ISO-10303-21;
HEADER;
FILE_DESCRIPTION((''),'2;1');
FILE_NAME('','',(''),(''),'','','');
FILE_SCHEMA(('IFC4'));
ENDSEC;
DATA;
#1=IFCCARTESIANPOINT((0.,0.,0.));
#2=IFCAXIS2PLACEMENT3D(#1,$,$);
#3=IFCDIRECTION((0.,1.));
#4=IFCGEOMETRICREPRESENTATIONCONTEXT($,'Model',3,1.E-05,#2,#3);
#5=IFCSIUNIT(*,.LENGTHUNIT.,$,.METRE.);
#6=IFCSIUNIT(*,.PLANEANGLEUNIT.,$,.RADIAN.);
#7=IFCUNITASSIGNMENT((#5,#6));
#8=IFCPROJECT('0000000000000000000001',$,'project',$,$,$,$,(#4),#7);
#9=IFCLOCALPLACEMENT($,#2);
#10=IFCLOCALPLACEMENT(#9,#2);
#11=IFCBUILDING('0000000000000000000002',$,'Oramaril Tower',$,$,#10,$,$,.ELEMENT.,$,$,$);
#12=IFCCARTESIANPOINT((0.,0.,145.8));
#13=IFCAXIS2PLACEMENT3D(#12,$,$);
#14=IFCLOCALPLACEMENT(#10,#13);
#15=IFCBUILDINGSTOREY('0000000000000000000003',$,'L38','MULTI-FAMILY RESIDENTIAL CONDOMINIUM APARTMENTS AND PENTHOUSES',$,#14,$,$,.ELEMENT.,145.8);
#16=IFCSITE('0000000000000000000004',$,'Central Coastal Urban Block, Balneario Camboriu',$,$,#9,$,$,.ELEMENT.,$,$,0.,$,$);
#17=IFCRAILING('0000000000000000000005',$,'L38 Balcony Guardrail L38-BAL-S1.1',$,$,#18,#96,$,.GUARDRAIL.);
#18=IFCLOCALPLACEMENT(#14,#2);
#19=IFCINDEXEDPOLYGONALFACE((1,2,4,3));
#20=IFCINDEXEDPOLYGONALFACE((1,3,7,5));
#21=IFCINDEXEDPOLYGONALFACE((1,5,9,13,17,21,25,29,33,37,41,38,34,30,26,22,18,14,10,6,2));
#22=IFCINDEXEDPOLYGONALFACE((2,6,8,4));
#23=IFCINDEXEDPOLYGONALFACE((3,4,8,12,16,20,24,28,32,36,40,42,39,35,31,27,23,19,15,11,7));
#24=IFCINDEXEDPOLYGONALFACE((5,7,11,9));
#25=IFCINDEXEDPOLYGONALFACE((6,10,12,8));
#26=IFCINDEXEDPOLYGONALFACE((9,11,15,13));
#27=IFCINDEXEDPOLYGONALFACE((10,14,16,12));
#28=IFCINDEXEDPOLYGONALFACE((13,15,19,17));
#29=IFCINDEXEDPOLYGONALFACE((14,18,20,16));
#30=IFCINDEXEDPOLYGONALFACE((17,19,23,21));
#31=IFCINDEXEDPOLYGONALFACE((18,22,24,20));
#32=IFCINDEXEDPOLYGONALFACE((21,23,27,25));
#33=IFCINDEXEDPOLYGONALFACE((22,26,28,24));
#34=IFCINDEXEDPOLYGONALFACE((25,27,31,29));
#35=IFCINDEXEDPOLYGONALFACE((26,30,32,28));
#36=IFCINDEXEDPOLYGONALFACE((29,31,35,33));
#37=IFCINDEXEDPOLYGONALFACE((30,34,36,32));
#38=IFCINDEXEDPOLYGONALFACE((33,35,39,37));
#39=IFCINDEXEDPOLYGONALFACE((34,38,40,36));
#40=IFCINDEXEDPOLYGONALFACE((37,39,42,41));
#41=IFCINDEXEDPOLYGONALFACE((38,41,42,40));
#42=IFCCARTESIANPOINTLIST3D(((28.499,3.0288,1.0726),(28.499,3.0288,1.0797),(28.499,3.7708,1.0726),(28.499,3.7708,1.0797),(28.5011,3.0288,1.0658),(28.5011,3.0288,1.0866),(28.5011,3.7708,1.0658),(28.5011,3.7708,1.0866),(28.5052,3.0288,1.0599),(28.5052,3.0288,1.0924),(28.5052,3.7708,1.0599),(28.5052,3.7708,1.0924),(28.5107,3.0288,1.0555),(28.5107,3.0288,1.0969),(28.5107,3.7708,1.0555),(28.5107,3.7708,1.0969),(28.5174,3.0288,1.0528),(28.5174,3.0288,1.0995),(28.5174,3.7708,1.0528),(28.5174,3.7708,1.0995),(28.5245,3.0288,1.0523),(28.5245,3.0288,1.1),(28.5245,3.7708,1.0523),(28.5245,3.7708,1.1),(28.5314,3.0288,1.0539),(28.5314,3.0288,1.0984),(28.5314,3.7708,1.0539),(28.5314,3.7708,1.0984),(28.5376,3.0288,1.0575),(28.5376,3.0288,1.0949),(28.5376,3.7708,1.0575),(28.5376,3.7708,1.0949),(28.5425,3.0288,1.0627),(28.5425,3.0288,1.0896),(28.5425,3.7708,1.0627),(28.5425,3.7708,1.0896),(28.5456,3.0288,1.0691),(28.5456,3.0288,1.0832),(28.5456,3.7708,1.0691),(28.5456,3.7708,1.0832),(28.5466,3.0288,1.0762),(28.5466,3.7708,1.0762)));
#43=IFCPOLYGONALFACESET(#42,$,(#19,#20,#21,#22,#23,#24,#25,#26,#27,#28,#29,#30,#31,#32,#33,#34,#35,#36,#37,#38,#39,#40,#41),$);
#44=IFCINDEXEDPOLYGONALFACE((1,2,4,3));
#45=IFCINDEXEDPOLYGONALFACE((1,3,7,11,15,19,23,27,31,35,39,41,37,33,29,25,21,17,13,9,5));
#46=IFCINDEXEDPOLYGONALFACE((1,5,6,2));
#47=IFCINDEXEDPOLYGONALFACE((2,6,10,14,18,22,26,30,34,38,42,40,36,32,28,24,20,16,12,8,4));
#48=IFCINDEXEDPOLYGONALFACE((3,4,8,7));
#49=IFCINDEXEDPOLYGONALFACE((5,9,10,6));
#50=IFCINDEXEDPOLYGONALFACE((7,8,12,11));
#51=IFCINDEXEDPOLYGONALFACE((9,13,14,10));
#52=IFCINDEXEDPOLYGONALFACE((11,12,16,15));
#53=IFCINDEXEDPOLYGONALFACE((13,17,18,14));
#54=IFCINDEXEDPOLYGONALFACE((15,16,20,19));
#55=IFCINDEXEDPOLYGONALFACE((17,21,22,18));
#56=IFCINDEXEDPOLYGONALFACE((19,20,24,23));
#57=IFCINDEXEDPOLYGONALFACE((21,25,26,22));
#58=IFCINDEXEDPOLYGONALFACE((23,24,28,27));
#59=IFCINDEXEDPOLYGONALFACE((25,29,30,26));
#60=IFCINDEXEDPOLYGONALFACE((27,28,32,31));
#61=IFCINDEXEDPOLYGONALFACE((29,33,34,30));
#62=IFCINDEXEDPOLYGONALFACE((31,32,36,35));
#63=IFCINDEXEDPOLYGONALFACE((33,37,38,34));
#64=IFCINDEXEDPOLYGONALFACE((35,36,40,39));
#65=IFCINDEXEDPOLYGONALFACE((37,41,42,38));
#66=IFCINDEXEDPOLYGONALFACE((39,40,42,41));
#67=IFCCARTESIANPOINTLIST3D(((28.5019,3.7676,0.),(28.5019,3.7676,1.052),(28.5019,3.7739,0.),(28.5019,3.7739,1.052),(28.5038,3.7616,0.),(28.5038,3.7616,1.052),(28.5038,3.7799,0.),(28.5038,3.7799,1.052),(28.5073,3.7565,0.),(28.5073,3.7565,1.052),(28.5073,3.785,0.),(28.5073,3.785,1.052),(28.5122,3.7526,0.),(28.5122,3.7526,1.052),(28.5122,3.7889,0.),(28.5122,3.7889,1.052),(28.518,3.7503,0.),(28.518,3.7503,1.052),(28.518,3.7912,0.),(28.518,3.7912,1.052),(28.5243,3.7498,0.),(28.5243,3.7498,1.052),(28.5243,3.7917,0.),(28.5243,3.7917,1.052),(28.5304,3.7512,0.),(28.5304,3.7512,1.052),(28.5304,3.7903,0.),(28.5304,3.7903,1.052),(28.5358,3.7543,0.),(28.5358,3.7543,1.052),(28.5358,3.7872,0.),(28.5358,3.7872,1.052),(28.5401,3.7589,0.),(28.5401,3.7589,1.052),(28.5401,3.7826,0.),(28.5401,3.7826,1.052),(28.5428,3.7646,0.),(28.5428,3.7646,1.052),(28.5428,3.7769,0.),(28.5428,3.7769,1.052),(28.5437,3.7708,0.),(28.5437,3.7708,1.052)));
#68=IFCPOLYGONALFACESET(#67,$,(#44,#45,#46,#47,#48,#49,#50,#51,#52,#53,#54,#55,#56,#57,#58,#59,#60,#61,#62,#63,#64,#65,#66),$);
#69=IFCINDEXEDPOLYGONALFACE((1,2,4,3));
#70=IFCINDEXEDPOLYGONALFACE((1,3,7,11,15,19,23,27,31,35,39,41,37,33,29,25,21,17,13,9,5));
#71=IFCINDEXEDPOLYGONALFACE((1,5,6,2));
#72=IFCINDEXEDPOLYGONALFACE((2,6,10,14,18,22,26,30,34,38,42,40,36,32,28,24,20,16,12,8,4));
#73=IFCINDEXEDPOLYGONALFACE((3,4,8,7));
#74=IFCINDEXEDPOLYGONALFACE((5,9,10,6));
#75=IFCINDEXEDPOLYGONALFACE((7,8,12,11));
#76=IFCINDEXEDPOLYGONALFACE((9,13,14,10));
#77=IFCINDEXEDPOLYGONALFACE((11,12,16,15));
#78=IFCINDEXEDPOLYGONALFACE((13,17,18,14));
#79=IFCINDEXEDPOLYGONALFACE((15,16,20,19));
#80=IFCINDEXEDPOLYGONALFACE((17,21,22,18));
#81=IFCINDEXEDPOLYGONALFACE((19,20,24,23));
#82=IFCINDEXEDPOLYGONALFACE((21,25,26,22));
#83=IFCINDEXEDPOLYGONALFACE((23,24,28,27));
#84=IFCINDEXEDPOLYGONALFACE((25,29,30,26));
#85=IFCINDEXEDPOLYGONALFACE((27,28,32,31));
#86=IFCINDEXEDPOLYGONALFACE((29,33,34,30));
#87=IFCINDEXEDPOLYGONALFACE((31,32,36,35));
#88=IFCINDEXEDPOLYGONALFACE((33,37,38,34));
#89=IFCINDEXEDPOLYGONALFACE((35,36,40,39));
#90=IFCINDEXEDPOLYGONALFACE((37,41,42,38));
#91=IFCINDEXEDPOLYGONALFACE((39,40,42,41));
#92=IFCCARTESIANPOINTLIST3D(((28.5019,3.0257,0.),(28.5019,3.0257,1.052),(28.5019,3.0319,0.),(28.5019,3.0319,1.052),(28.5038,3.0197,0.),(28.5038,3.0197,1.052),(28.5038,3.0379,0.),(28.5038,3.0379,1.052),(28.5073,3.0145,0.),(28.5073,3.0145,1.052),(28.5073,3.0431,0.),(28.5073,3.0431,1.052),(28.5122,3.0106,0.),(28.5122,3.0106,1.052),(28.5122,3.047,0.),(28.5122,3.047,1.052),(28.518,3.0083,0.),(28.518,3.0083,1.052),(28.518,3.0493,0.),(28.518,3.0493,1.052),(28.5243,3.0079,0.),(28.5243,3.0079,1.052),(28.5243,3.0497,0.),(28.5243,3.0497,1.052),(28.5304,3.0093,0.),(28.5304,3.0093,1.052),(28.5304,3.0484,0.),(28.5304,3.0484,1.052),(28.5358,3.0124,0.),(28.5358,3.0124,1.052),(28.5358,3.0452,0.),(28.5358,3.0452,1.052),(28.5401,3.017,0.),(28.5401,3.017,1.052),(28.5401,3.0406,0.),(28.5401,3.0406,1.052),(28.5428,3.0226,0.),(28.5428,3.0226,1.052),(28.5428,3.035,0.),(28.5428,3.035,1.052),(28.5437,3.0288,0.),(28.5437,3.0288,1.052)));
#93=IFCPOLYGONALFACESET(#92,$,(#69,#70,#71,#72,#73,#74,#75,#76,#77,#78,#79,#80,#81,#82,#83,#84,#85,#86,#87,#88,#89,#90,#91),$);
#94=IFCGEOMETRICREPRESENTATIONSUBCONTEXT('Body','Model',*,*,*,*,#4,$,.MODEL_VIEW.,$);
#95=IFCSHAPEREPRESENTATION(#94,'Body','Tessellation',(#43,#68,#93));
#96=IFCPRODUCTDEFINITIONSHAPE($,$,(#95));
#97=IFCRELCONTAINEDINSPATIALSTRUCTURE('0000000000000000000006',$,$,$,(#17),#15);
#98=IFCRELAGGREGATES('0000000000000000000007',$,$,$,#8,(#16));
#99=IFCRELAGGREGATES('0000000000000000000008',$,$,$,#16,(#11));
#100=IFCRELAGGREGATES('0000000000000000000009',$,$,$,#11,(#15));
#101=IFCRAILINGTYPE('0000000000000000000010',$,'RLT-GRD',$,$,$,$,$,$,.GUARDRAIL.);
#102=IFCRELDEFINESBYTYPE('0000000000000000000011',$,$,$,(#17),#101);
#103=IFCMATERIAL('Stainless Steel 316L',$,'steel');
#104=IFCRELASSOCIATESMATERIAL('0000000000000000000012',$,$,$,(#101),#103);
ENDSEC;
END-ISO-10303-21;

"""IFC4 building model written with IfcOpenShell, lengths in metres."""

from ifc_helpers import new_model, si_unit, direction, frame, origin, origin_2d, place, context, subcontext, project, spatial, circle, extrude, material, type_object, element, save


model = new_model("IFC4")

# Units and contexts
model_context = context("Model", 3, precision=1e-05, world=origin(), true_north=direction((0.0, 1.0)))
body_context = subcontext(model_context, "Body", "Model", "MODEL_VIEW")
ifc_project = project(units=[si_unit("LENGTHUNIT", "METRE"), si_unit("PLANEANGLEUNIT", "RADIAN")], contexts=[model_context])

# Site, building, storey
site_placement = place(None, origin())
site = spatial("IfcSite", under=ifc_project, at=site_placement, Name="Central Coastal Urban Block, Balneario Camboriu", CompositionType="ELEMENT", RefElevation=0.0)
building_placement = place(site_placement, origin())
building = spatial("IfcBuilding", under=site, at=building_placement, Name="Oramaril Tower", CompositionType="ELEMENT")
storey_placement = place(building_placement, frame((0.0, 0.0, 145.8)))
storey = spatial("IfcBuildingStorey", under=building, at=storey_placement, Name="L38", Description="MULTI-FAMILY RESIDENTIAL CONDOMINIUM APARTMENTS AND PENTHOUSES", CompositionType="ELEMENT", Elevation=145.8)

# Railing
ifc_material_1 = material(Name="Stainless Steel 316L", Category="steel")
railing_type = type_object("IfcRailingType", Name="RLT-GRD", PredefinedType="GUARDRAIL", material=ifc_material_1)
railing_1_placement = place(storey_placement, frame((28.5227, 3.7708, 0.0)))
element("IfcRailing", 1, at=railing_1_placement, inside=storey, type_object=railing_type, Name="L38 Balcony Guardrail L38-BAL-S1.1", PredefinedType="GUARDRAIL", context=body_context, shape_type="SweptSolid", body=[
    extrude(circle(Radius=0.0239, at=origin_2d()), frame((0.0, 0.0, 1.0762), z_axis=(0.0, -1.0, 0.0), x_axis=(1.0, 0.0, 0.0)), (0.0, 0.0, 1.0), 0.7419),
    extrude(circle(Radius=0.021, at=origin_2d()), origin(), (0.0, 0.0, 1.0), 1.052),
    extrude(circle(Radius=0.021, at=origin_2d()), frame((0.0, -0.7419, 0.0)), (0.0, 0.0, 1.0), 1.052),
])

save(model, "model.ifc")
